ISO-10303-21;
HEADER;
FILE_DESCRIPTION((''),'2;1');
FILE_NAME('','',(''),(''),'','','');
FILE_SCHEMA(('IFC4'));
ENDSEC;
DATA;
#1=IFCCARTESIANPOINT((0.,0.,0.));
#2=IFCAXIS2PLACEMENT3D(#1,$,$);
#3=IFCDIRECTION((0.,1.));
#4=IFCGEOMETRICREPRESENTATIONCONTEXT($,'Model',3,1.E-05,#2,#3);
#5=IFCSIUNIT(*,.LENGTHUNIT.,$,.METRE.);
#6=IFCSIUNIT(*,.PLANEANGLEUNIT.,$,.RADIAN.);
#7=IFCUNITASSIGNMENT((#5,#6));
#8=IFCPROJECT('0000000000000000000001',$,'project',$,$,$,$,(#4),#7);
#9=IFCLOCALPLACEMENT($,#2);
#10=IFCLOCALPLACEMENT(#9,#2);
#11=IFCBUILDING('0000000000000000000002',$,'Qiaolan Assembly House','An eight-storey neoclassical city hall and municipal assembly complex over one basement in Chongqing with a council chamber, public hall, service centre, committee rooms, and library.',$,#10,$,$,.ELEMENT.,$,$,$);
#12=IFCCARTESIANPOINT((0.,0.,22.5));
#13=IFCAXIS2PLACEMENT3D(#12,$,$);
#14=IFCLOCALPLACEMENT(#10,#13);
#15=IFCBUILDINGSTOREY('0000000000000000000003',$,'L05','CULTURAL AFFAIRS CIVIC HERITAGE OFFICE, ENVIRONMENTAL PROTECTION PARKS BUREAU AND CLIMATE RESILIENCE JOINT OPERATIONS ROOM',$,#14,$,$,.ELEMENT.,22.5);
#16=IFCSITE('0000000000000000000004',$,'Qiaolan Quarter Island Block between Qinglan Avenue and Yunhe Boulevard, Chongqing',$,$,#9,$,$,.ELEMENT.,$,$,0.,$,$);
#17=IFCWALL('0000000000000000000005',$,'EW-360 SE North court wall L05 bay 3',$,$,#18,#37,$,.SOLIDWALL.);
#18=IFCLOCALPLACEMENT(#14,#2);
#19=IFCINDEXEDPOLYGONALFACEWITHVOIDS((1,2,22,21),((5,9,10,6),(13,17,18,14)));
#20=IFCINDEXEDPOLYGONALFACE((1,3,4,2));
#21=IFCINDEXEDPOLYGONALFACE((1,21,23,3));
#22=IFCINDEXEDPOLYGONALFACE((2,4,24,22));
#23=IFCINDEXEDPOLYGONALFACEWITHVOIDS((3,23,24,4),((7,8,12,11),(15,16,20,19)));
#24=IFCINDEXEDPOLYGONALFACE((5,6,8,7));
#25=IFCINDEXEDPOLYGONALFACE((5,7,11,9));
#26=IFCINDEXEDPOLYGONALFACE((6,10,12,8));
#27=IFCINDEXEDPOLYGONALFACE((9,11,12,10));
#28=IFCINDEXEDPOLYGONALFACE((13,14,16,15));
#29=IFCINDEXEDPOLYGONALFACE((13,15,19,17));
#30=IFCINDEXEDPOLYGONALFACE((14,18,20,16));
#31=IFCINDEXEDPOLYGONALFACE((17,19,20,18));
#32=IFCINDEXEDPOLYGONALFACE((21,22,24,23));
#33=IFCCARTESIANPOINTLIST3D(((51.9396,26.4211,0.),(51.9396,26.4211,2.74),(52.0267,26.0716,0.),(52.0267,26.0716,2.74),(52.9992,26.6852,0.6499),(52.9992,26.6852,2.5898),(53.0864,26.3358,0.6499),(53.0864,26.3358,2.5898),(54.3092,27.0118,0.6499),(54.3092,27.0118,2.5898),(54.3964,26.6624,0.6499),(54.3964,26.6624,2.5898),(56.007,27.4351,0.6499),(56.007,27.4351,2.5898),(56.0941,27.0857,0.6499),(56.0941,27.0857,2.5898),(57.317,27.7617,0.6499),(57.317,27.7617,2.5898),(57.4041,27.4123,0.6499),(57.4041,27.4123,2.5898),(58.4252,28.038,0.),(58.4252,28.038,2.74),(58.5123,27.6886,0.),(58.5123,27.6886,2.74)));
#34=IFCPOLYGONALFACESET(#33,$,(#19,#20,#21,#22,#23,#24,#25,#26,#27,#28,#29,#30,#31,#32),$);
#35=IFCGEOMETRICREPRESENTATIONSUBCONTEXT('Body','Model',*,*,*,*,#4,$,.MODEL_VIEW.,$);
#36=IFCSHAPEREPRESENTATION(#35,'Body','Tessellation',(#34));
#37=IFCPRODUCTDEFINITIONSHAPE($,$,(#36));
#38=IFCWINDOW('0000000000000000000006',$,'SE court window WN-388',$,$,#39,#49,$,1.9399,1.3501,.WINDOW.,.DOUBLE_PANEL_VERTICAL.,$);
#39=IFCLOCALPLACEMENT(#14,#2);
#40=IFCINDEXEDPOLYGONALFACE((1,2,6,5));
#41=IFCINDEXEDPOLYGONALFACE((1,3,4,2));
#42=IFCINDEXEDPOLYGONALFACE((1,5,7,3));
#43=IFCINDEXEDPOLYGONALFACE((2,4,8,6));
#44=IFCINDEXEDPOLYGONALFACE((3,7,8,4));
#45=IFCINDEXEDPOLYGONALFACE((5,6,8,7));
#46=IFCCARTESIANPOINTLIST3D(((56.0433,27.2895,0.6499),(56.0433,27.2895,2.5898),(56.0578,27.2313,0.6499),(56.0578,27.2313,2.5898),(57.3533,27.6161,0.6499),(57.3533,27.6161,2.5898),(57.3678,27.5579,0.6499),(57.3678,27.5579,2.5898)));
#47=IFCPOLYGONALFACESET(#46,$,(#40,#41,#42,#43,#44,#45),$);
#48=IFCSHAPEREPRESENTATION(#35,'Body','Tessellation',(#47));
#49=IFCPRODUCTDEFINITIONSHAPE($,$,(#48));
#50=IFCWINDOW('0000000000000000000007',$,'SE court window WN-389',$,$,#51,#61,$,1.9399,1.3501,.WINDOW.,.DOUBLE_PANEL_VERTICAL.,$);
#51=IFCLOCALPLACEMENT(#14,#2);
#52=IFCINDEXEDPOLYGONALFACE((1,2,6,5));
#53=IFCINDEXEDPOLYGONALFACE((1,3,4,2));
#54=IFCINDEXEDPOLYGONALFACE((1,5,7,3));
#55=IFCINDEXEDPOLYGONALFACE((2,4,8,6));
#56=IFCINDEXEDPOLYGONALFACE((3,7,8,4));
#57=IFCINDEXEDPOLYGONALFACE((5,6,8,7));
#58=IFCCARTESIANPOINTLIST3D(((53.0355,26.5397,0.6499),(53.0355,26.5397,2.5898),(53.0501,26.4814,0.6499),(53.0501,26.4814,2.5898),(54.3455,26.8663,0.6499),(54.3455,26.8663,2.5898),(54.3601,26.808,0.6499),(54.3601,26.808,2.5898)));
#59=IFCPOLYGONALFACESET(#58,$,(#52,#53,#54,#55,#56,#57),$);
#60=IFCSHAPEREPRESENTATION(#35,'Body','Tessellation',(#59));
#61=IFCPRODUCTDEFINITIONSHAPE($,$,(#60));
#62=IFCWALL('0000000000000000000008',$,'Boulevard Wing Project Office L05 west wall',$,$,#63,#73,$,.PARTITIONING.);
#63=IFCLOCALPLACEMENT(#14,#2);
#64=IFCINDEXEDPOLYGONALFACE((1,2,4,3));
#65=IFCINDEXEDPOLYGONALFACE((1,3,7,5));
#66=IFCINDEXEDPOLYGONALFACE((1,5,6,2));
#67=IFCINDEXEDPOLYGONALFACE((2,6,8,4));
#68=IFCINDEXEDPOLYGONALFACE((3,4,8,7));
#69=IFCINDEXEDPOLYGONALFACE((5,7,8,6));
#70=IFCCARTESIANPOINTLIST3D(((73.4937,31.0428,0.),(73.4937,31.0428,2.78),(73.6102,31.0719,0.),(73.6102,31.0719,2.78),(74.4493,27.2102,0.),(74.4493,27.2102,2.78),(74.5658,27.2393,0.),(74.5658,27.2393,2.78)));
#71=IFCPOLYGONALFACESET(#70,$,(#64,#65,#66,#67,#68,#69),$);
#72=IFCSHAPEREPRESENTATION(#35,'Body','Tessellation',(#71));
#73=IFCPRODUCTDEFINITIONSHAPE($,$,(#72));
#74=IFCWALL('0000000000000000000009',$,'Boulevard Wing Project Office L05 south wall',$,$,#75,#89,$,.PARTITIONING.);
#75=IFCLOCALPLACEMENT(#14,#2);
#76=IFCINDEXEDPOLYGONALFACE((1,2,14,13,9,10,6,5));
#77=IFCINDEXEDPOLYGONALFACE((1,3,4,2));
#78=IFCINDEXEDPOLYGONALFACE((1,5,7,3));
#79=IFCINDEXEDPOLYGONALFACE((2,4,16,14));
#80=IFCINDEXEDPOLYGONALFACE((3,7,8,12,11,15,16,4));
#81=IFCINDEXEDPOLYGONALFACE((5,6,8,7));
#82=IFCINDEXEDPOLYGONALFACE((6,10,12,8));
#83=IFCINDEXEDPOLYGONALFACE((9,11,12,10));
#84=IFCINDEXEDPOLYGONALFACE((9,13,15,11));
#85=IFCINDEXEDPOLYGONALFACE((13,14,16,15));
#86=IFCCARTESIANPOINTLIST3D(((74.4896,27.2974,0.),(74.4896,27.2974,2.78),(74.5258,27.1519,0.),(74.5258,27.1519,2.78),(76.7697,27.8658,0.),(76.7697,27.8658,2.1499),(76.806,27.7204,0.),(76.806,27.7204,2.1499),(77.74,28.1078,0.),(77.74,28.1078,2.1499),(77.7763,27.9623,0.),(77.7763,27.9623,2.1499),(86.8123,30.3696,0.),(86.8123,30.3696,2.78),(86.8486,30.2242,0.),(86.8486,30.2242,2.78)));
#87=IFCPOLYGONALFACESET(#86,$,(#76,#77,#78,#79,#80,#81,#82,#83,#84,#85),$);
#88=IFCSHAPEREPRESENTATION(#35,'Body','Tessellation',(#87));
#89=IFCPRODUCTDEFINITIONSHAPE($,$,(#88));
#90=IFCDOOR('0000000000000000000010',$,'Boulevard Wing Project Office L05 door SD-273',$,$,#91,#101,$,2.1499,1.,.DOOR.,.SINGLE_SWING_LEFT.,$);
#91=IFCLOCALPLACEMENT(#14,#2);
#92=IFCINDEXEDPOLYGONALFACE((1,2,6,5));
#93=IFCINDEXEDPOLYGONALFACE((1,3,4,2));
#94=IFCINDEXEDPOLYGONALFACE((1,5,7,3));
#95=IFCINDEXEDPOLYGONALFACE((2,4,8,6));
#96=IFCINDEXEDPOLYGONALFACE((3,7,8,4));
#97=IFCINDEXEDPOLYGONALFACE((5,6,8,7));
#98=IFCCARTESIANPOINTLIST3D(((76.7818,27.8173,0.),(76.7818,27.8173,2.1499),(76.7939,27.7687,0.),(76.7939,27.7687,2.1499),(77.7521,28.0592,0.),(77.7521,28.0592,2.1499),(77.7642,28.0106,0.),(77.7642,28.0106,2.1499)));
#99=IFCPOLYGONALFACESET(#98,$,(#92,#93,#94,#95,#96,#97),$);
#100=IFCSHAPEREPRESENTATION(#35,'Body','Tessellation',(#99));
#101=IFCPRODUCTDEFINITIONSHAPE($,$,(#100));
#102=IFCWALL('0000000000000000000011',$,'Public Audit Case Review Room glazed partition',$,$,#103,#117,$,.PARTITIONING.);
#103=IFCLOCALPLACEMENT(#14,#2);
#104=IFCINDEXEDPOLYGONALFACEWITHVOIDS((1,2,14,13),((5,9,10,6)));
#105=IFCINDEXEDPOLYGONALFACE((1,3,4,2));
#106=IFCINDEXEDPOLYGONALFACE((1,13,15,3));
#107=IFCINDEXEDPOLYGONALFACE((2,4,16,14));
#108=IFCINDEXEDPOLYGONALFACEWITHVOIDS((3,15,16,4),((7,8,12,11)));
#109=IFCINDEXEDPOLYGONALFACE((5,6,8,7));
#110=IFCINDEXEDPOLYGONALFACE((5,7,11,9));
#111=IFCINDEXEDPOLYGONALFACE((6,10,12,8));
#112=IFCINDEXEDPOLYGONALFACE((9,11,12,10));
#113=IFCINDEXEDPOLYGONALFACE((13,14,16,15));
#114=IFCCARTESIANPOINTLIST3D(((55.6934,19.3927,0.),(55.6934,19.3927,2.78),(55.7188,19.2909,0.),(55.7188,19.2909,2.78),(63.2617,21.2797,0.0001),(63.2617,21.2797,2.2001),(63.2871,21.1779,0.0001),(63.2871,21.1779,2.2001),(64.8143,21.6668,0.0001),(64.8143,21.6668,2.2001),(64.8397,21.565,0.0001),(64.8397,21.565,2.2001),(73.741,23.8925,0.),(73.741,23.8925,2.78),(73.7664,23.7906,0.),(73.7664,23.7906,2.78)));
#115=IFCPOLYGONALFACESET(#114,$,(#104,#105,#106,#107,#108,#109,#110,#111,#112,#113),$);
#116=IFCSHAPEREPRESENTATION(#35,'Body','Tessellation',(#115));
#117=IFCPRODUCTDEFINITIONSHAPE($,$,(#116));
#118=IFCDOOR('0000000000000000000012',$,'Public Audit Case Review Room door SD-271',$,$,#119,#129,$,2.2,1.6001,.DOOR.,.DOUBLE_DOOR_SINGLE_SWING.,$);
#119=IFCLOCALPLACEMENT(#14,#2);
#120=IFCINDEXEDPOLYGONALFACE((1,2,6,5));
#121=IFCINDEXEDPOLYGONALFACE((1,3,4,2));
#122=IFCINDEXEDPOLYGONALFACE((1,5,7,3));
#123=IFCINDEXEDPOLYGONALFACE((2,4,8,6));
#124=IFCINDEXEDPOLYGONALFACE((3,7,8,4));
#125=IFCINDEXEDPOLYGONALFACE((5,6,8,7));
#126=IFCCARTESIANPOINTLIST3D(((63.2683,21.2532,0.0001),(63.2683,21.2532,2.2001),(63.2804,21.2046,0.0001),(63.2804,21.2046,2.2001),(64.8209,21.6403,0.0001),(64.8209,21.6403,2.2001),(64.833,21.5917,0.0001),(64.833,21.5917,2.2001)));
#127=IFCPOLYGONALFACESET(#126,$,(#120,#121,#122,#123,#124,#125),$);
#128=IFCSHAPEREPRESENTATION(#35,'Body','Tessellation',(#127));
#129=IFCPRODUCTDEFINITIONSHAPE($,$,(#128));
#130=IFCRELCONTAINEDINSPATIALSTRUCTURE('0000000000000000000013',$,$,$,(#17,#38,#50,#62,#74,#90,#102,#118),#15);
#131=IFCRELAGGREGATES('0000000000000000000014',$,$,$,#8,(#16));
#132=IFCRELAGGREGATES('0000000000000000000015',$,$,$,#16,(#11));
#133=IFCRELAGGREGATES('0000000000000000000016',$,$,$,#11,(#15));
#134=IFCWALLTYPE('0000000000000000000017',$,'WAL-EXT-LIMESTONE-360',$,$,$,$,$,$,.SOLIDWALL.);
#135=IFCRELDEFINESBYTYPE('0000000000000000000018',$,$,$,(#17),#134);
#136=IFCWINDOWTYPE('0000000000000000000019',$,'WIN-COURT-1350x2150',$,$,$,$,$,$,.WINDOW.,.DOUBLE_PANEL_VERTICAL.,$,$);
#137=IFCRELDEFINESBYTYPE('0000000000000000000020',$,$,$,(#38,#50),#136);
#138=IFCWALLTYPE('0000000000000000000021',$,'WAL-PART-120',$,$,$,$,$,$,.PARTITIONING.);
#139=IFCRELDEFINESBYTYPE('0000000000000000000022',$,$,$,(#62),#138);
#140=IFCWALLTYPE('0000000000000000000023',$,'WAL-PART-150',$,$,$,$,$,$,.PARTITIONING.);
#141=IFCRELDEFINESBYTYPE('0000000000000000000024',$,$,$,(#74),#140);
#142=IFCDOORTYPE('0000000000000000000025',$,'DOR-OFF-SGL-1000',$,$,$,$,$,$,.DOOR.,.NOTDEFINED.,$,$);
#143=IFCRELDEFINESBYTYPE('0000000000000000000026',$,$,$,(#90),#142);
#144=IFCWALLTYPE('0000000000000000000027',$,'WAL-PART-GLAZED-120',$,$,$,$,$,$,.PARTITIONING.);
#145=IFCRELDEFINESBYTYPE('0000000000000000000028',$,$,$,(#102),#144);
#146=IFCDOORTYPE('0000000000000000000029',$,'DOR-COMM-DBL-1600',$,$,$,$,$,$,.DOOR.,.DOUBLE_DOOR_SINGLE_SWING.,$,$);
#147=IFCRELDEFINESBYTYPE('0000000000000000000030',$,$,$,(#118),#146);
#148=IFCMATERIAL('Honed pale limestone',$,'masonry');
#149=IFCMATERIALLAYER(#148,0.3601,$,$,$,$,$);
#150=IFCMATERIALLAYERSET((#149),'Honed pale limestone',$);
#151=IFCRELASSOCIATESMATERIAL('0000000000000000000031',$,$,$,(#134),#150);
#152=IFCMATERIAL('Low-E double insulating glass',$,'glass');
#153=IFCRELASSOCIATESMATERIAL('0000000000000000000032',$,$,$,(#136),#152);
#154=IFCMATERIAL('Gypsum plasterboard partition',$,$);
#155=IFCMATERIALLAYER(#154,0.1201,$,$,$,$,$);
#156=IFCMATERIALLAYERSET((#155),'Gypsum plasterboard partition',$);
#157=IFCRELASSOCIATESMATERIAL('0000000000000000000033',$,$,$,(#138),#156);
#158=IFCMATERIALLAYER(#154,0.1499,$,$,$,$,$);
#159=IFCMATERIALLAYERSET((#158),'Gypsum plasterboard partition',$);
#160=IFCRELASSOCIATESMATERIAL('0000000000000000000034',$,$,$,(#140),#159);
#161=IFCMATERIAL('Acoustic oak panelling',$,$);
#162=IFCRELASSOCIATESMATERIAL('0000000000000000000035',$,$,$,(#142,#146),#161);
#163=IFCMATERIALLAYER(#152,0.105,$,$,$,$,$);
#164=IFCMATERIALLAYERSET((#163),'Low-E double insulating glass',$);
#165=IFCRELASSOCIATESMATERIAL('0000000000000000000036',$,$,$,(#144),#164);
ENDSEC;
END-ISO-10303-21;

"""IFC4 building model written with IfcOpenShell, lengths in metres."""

from ifc_helpers import new_model, si_unit, direction, frame, frame_2d, origin, place, context, subcontext, project, spatial, rectangle, extrude, material, layer, layer_set, type_object, element, fill, save


model = new_model("IFC4")

# Units and contexts
model_context = context("Model", 3, precision=1e-05, world=origin(), true_north=direction((0.0, 1.0)))
body_context = subcontext(model_context, "Body", "Model", "MODEL_VIEW")
ifc_project = project(units=[si_unit("LENGTHUNIT", "METRE"), si_unit("PLANEANGLEUNIT", "RADIAN")], contexts=[model_context])

# Site, building, storey
site_placement = place(None, origin())
site = spatial("IfcSite", under=ifc_project, at=site_placement, Name="Qiaolan Quarter Island Block between Qinglan Avenue and Yunhe Boulevard, Chongqing", CompositionType="ELEMENT", RefElevation=0.0)
building_placement = place(site_placement, origin())
building = spatial("IfcBuilding", under=site, at=building_placement, Name="Qiaolan Assembly House", Description="An eight-storey neoclassical city hall and municipal assembly complex over one basement in Chongqing with a council chamber, public hall, service centre, committee rooms, and library.", CompositionType="ELEMENT")
storey_placement = place(building_placement, frame((0.0, 0.0, 22.5)))
storey = spatial("IfcBuildingStorey", under=building, at=storey_placement, Name="L05", Description="CULTURAL AFFAIRS CIVIC HERITAGE OFFICE, ENVIRONMENTAL PROTECTION PARKS BUREAU AND CLIMATE RESILIENCE JOINT OPERATIONS ROOM", CompositionType="ELEMENT", Elevation=22.5)

# Wall, openings, windows
ifc_material_1 = material(Name="Honed pale limestone", Category="masonry")
ifc_layer_1 = layer(ifc_material_1, 0.3601)
ifc_layer_set_1 = layer_set([ifc_layer_1], Name="Honed pale limestone")
wall_type_1 = type_object("IfcWallType", Name="WAL-EXT-LIMESTONE-360", PredefinedType="SOLIDWALL", material=ifc_layer_set_1)
wall_1_placement = place(storey_placement, frame((58.4688, 27.8633, 0.0), z_axis=(0.0, 0.0, 1.0), x_axis=(-0.970299, -0.241908, 0.0)))
wall_1 = element("IfcWall", 1, at=wall_1_placement, inside=storey, type_object=wall_type_1, Name="EW-360 SE North court wall L05 bay 3", PredefinedType="SOLIDWALL", context=body_context, shape_type="SweptSolid", body=[
    extrude(rectangle(XDim=6.6841, YDim=0.3601, at=frame_2d((3.342, 0.0))), origin(), (0.0, 0.0, 1.0), 2.74),
])
opening_1_placement = place(wall_1_placement, frame((1.1421, 0.0, 0.6499)))
opening_1 = element("IfcOpeningElement", 2, at=opening_1_placement, cuts=wall_1, PredefinedType="OPENING", context=body_context, shape_type="SweptSolid", body=[
    extrude(rectangle(XDim=1.3501, YDim=1.9399, at=frame_2d((0.675, 0.97))), frame((0.0, 0.1899, 0.0), z_axis=(0.0, -1.0, 0.0), x_axis=(1.0, 0.0, 0.0)), (0.0, 0.0, 1.0), 0.3801),
])
opening_2_placement = place(wall_1_placement, frame((4.2419, 0.0, 0.6499)))
opening_2 = element("IfcOpeningElement", 3, at=opening_2_placement, cuts=wall_1, PredefinedType="OPENING", context=body_context, shape_type="SweptSolid", body=[
    extrude(rectangle(XDim=1.3501, YDim=1.9399, at=frame_2d((0.675, 0.97))), frame((0.0, 0.1899, 0.0), z_axis=(0.0, -1.0, 0.0), x_axis=(1.0, 0.0, 0.0)), (0.0, 0.0, 1.0), 0.3801),
])
ifc_material_2 = material(Name="Low-E double insulating glass", Category="glass")
window_type = type_object("IfcWindowType", Name="WIN-COURT-1350x2150", PartitioningType="DOUBLE_PANEL_VERTICAL", PredefinedType="WINDOW", material=ifc_material_2)
window_1_placement = place(opening_1_placement, origin())
window_1 = element("IfcWindow", 4, at=window_1_placement, inside=storey, type_object=window_type, Name="SE court window WN-388", OverallHeight=1.9399, OverallWidth=1.3501, PartitioningType="DOUBLE_PANEL_VERTICAL", PredefinedType="WINDOW", context=body_context, shape_type="SweptSolid", body=[
    extrude(rectangle(XDim=1.3501, YDim=1.9399, at=frame_2d((0.675, 0.97))), frame((0.0, 0.03, 0.0), z_axis=(0.0, -1.0, 0.0), x_axis=(1.0, 0.0, 0.0)), (0.0, 0.0, 1.0), 0.0601),
])
fill(opening_1, window_1)
window_2_placement = place(opening_2_placement, origin())
window_2 = element("IfcWindow", 5, at=window_2_placement, inside=storey, type_object=window_type, Name="SE court window WN-389", OverallHeight=1.9399, OverallWidth=1.3501, PartitioningType="DOUBLE_PANEL_VERTICAL", PredefinedType="WINDOW", context=body_context, shape_type="SweptSolid", body=[
    extrude(rectangle(XDim=1.3501, YDim=1.9399, at=frame_2d((0.675, 0.97))), frame((0.0, 0.03, 0.0), z_axis=(0.0, -1.0, 0.0), x_axis=(1.0, 0.0, 0.0)), (0.0, 0.0, 1.0), 0.0601),
])
fill(opening_2, window_2)

# Wall
ifc_material_3 = material(Name="Gypsum plasterboard partition")
ifc_layer_2 = layer(ifc_material_3, 0.1201)
ifc_layer_set_2 = layer_set([ifc_layer_2], Name="Gypsum plasterboard partition")
wall_type_2 = type_object("IfcWallType", Name="WAL-PART-120", PredefinedType="PARTITIONING", material=ifc_layer_set_2)
wall_2_placement = place(storey_placement, frame((74.5076, 27.2246, 0.0), z_axis=(0.0, 0.0, 1.0), x_axis=(-0.241925, 0.970295, 0.0)))
element("IfcWall", 6, at=wall_2_placement, inside=storey, type_object=wall_type_2, Name="Boulevard Wing Project Office L05 west wall", PredefinedType="PARTITIONING", context=body_context, shape_type="SweptSolid", body=[
    extrude(rectangle(XDim=3.95, YDim=0.1201, at=frame_2d((1.9751, 0.0))), origin(), (0.0, 0.0, 1.0), 2.78),
])

# Walls, openings, doors
ifc_layer_3 = layer(ifc_material_3, 0.1499)
ifc_layer_set_3 = layer_set([ifc_layer_3], Name="Gypsum plasterboard partition")
wall_type_3 = type_object("IfcWallType", Name="WAL-PART-150", PredefinedType="PARTITIONING", material=ifc_layer_set_3)
wall_3_placement = place(storey_placement, frame((74.5076, 27.2246, 0.0), z_axis=(0.0, 0.0, 1.0), x_axis=(0.970298, 0.241911, 0.0)))
wall_3 = element("IfcWall", 7, at=wall_3_placement, inside=storey, type_object=wall_type_3, Name="Boulevard Wing Project Office L05 south wall", PredefinedType="PARTITIONING", context=body_context, shape_type="SweptSolid", body=[
    extrude(rectangle(XDim=12.7, YDim=0.1499, at=frame_2d((6.3501, 0.0))), origin(), (0.0, 0.0, 1.0), 2.78),
])
opening_3_placement = place(wall_3_placement, frame((2.3501, 0.0, 0.0)))
opening_3 = element("IfcOpeningElement", 8, at=opening_3_placement, cuts=wall_3, PredefinedType="OPENING", context=body_context, shape_type="SweptSolid", body=[
    extrude(rectangle(XDim=1.0, YDim=2.1499, at=frame_2d((0.5, 1.075))), frame((0.0, 0.085, 0.0), z_axis=(0.0, -1.0, 0.0), x_axis=(1.0, 0.0, 0.0)), (0.0, 0.0, 1.0), 0.1699),
])
ifc_material_4 = material(Name="Acoustic oak panelling")
door_type_1 = type_object("IfcDoorType", Name="DOR-OFF-SGL-1000", OperationType="NOTDEFINED", PredefinedType="DOOR", material=ifc_material_4)
door_1_placement = place(opening_3_placement, origin())
door_1 = element("IfcDoor", 9, at=door_1_placement, inside=storey, type_object=door_type_1, Name="Boulevard Wing Project Office L05 door SD-273", OperationType="SINGLE_SWING_LEFT", OverallHeight=2.1499, OverallWidth=1.0, PredefinedType="DOOR", context=body_context, shape_type="SweptSolid", body=[
    extrude(rectangle(XDim=1.0, YDim=2.1499, at=frame_2d((0.5, 1.075))), frame((0.0, 0.0249, 0.0), z_axis=(0.0, -1.0, 0.0), x_axis=(1.0, 0.0, 0.0)), (0.0, 0.0, 1.0), 0.05),
])
fill(opening_3, door_1)
ifc_layer_4 = layer(ifc_material_2, 0.105)
ifc_layer_set_4 = layer_set([ifc_layer_4], Name="Low-E double insulating glass")
wall_type_4 = type_object("IfcWallType", Name="WAL-PART-GLAZED-120", PredefinedType="PARTITIONING", material=ifc_layer_set_4)
wall_4_placement = place(storey_placement, frame((73.7537, 23.8416, 0.0), z_axis=(0.0, 0.0, 1.0), x_axis=(-0.970296, -0.241921, 0.0)))
wall_4 = element("IfcWall", 10, at=wall_4_placement, inside=storey, type_object=wall_type_4, Name="Public Audit Case Review Room glazed partition", PredefinedType="PARTITIONING", context=body_context, shape_type="SweptSolid", body=[
    extrude(rectangle(XDim=18.6001, YDim=0.105, at=frame_2d((9.3, 0.0))), origin(), (0.0, 0.0, 1.0), 2.78),
])
opening_4_placement = place(wall_4_placement, frame((9.2, 0.0, 0.0)))
opening_4 = element("IfcOpeningElement", 11, at=opening_4_placement, cuts=wall_4, PredefinedType="OPENING", context=body_context, shape_type="SweptSolid", body=[
    extrude(rectangle(XDim=1.6001, YDim=2.2, at=frame_2d((0.8, 1.1001))), frame((0.0, 0.0625, 0.0), z_axis=(0.0, -1.0, 0.0), x_axis=(1.0, 0.0, 0.0)), (0.0, 0.0, 1.0), 0.125),
])
door_type_2 = type_object("IfcDoorType", Name="DOR-COMM-DBL-1600", OperationType="DOUBLE_DOOR_SINGLE_SWING", PredefinedType="DOOR", material=ifc_material_4)
door_2_placement = place(opening_4_placement, origin())
door_2 = element("IfcDoor", 12, at=door_2_placement, inside=storey, type_object=door_type_2, Name="Public Audit Case Review Room door SD-271", OperationType="DOUBLE_DOOR_SINGLE_SWING", OverallHeight=2.2, OverallWidth=1.6001, PredefinedType="DOOR", context=body_context, shape_type="SweptSolid", body=[
    extrude(rectangle(XDim=1.6001, YDim=2.2, at=frame_2d((0.8, 1.1001))), frame((0.0, 0.0249, 0.0), z_axis=(0.0, -1.0, 0.0), x_axis=(1.0, 0.0, 0.0)), (0.0, 0.0, 1.0), 0.05),
])
fill(opening_4, door_2)

save(model, "model.ifc")
